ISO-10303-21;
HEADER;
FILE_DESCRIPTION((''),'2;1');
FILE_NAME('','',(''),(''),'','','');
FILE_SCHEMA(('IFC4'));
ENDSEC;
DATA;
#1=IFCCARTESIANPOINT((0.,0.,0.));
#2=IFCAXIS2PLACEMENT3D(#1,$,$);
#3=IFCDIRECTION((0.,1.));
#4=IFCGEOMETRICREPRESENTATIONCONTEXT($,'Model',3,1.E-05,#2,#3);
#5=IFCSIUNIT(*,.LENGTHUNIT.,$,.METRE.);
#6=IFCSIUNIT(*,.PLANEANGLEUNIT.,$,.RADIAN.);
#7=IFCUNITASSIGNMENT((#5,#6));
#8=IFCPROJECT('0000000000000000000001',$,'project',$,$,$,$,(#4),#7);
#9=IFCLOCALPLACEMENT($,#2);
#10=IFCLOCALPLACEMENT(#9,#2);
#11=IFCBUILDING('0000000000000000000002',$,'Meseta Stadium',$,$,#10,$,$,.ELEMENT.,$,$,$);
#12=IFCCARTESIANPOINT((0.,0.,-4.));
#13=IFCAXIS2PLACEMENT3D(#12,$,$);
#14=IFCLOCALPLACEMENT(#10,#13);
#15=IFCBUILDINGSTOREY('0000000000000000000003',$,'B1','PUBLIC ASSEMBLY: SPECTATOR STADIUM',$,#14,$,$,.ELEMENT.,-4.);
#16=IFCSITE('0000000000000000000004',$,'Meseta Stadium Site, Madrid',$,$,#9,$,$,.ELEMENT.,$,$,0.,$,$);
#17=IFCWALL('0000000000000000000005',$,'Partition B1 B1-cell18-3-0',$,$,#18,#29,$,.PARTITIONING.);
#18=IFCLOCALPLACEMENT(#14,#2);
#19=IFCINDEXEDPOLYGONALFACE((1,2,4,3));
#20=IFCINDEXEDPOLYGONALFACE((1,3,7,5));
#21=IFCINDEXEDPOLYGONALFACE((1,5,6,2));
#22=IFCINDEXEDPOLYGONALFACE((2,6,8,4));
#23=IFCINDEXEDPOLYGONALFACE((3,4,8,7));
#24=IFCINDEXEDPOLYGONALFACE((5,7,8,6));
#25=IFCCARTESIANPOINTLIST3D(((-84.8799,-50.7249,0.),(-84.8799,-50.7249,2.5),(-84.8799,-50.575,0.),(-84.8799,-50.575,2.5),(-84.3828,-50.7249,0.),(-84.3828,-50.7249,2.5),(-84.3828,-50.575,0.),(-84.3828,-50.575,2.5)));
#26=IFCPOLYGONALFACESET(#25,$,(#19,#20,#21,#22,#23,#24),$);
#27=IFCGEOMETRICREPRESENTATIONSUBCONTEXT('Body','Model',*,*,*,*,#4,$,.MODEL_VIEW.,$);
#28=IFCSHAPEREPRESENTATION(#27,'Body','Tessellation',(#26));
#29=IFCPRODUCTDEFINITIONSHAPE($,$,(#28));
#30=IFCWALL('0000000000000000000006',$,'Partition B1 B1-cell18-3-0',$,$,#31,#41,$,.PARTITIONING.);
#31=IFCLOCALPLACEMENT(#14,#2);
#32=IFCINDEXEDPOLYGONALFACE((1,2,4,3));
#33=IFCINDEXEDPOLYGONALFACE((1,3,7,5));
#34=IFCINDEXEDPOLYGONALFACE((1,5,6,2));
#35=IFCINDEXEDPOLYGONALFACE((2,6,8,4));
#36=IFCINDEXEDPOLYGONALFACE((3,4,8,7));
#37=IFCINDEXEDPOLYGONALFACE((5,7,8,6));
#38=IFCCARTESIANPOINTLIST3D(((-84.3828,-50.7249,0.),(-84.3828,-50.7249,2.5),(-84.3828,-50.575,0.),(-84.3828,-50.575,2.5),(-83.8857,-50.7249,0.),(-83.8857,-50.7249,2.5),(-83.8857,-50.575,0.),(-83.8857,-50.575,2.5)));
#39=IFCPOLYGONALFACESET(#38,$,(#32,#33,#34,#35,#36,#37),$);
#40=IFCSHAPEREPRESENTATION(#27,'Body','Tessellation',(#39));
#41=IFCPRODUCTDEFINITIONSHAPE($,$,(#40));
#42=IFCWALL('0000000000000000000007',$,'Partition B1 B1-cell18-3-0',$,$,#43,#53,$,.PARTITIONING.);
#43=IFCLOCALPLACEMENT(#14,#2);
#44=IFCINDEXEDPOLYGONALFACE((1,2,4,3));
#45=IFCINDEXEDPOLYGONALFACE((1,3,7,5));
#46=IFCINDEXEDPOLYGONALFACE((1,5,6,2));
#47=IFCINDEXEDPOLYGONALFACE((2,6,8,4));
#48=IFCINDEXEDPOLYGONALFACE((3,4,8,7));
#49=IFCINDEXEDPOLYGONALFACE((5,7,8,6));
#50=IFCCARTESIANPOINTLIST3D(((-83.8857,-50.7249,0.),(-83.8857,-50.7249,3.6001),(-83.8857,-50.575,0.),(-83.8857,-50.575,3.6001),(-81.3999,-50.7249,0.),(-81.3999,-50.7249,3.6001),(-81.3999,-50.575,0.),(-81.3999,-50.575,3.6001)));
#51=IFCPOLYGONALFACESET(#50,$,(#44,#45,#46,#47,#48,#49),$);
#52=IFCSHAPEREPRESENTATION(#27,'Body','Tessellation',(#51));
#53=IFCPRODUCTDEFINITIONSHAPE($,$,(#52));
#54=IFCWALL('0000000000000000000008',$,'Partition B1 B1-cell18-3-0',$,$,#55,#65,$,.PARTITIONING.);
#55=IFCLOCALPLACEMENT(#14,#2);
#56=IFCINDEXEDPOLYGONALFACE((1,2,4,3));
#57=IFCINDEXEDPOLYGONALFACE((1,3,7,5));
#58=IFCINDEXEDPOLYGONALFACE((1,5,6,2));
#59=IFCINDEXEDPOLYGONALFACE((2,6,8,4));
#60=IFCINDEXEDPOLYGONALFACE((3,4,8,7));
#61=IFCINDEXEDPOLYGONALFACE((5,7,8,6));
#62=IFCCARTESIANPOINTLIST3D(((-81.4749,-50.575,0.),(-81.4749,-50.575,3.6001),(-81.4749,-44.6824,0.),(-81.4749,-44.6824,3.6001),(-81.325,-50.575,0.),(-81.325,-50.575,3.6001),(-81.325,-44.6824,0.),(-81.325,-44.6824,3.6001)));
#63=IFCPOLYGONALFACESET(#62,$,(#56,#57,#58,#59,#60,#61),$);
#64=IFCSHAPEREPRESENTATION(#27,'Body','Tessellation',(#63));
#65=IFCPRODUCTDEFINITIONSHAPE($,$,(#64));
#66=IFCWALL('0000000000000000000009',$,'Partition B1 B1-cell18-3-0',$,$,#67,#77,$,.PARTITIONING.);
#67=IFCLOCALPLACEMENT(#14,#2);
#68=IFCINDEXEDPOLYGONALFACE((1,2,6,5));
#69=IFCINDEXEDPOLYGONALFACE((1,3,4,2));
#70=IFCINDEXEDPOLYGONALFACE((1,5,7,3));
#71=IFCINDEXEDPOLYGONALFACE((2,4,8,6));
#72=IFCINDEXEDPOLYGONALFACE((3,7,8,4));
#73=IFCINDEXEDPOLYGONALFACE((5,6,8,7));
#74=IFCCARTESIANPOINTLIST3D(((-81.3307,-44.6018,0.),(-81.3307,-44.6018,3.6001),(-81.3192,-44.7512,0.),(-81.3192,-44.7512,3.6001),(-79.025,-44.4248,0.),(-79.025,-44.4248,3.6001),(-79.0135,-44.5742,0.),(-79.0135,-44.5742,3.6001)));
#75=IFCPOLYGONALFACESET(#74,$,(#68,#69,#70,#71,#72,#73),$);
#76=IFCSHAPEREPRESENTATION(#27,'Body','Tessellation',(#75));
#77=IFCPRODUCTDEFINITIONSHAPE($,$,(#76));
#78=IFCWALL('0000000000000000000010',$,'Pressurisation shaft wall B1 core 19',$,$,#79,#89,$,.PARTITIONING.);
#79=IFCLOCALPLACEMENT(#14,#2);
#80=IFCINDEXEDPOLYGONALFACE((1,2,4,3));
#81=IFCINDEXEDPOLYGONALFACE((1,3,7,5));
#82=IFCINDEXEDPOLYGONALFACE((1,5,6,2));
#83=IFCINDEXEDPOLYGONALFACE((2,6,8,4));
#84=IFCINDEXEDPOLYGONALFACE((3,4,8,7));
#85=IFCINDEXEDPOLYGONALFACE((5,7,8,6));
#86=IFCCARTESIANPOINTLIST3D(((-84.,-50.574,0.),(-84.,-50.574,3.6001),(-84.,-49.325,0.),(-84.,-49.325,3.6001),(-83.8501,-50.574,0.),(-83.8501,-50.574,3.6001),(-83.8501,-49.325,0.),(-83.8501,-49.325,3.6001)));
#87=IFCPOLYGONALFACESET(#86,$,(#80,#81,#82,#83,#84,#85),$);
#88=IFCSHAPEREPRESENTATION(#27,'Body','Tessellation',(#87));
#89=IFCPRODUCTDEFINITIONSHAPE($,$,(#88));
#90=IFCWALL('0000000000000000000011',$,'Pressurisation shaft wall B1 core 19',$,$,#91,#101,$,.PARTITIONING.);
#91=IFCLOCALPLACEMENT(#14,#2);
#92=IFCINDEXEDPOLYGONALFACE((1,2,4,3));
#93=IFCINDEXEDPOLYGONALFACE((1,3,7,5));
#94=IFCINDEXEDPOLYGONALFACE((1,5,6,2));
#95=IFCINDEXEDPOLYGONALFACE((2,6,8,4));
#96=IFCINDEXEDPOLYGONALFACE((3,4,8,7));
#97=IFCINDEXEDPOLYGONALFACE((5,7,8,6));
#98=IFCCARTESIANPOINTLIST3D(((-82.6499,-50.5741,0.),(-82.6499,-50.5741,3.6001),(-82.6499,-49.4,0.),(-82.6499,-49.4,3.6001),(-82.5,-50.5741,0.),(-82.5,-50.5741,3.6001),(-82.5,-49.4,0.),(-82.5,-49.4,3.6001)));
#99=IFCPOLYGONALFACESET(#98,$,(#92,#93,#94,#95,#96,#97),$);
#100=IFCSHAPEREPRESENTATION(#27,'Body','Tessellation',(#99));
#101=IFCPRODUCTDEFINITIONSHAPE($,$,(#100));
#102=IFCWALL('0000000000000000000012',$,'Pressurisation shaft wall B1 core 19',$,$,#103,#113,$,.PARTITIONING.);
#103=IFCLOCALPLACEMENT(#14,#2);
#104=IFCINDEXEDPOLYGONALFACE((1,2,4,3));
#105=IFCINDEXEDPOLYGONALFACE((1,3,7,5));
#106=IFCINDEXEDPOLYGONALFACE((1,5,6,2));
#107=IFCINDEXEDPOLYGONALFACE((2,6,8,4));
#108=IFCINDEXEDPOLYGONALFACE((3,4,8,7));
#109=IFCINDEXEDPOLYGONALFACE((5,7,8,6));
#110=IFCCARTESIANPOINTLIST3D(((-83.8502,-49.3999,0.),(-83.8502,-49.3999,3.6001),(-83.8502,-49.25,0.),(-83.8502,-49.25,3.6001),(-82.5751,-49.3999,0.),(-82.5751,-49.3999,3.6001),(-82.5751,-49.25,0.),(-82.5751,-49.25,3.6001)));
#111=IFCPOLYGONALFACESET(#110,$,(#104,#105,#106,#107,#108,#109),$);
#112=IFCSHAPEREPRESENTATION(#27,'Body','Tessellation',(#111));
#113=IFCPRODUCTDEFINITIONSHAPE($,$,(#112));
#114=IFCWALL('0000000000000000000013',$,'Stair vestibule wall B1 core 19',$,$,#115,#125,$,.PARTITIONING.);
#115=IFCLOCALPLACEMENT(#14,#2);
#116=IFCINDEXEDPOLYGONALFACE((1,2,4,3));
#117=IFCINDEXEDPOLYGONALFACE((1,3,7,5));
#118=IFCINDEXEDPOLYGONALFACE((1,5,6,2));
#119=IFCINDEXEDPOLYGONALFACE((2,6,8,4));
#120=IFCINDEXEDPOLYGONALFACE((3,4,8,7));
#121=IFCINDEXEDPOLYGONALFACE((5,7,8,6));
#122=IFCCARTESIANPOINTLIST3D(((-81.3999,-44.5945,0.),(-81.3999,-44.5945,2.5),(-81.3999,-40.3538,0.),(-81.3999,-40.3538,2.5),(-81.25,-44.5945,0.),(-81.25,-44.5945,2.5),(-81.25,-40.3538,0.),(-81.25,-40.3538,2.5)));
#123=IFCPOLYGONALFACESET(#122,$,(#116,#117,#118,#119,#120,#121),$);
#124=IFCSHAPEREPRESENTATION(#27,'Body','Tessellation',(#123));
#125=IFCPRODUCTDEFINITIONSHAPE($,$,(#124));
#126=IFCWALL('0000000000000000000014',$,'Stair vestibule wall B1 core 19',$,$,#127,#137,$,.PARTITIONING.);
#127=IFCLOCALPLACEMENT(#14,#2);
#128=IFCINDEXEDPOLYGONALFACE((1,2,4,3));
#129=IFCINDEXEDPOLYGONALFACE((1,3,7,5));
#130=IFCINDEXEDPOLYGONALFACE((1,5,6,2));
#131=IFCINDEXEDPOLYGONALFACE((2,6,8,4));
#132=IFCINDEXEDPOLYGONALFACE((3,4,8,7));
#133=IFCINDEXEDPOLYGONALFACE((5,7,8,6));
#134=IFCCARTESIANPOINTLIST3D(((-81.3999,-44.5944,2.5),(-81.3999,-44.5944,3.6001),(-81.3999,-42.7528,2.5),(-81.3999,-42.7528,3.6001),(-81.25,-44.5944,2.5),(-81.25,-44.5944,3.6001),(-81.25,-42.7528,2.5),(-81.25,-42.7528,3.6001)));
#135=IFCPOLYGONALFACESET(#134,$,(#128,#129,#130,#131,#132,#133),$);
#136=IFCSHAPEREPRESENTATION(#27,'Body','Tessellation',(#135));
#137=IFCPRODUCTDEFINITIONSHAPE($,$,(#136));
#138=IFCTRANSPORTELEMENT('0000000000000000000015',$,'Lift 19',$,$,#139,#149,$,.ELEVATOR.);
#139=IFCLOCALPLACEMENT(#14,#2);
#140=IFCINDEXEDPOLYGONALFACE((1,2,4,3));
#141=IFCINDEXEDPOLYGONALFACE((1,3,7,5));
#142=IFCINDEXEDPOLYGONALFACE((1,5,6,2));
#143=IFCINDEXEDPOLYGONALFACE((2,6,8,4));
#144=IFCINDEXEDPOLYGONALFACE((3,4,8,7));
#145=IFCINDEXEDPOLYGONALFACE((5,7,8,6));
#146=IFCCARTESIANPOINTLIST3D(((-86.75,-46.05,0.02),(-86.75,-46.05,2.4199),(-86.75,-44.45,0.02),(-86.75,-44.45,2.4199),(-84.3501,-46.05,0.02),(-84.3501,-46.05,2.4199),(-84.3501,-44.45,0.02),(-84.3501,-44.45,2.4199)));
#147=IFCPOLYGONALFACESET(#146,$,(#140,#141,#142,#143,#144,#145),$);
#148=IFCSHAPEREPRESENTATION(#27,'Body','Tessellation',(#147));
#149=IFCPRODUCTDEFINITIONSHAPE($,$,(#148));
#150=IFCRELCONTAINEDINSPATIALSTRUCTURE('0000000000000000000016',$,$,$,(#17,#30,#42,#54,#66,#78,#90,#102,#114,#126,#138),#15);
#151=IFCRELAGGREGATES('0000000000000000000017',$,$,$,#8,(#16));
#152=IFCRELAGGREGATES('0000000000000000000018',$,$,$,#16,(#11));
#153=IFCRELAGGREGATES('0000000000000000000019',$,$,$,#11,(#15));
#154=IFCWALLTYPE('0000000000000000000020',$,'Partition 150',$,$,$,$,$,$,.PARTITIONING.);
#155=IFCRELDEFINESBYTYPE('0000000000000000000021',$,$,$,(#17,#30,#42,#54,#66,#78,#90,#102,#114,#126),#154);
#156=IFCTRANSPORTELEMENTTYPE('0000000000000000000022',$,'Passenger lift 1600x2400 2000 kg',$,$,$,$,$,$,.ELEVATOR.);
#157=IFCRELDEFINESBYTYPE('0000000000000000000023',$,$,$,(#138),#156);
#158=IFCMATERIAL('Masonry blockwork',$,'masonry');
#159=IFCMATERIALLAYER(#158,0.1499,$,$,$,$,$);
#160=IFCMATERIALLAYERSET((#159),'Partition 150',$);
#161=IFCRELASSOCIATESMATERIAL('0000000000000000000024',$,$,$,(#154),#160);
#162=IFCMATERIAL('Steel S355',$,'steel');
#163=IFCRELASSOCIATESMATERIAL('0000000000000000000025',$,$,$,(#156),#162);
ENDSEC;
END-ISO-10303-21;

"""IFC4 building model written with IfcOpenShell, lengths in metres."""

from ifc_helpers import new_model, si_unit, direction, frame, frame_2d, origin, origin_2d, place, context, subcontext, project, spatial, rectangle, extrude, material, layer, layer_set, type_object, element, save


model = new_model("IFC4")

# Units and contexts
model_context = context("Model", 3, precision=1e-05, world=origin(), true_north=direction((0.0, 1.0)))
body_context = subcontext(model_context, "Body", "Model", "MODEL_VIEW")
ifc_project = project(units=[si_unit("LENGTHUNIT", "METRE"), si_unit("PLANEANGLEUNIT", "RADIAN")], contexts=[model_context])

# Site, building, storey
site_placement = place(None, origin())
site = spatial("IfcSite", under=ifc_project, at=site_placement, Name="Meseta Stadium Site, Madrid", CompositionType="ELEMENT", RefElevation=0.0)
building_placement = place(site_placement, origin())
building = spatial("IfcBuilding", under=site, at=building_placement, Name="Meseta Stadium", CompositionType="ELEMENT")
storey_placement = place(building_placement, frame((0.0, 0.0, -4.0)))
storey = spatial("IfcBuildingStorey", under=building, at=storey_placement, Name="B1", Description="PUBLIC ASSEMBLY: SPECTATOR STADIUM", CompositionType="ELEMENT", Elevation=-4.0)

# Shared definitions
ifc_material_1 = material(Name="Masonry blockwork", Category="masonry")
ifc_layer_1 = layer(ifc_material_1, 0.1499)
ifc_layer_set_1 = layer_set([ifc_layer_1], Name="Partition 150")
wall_type_1 = type_object("IfcWallType", Name="Partition 150", PredefinedType="PARTITIONING", material=ifc_layer_set_1)

# Walls
for number, where, z_axis, x_axis, name in (
    (1, (-84.8799, -50.6499, 0.0), (0.0, 0.0, 1.0), (1.0, 0.0, 0.0), "Partition B1 B1-cell18-3-0"),
    (2, (-84.3828, -50.6499, 0.0), (0.0, 0.0, 1.0), (1.0, 0.0, 0.0), "Partition B1 B1-cell18-3-0"),
):
    element("IfcWall", number, at=place(storey_placement, frame(where, z_axis=z_axis, x_axis=x_axis)), inside=storey, type_object=wall_type_1, Name=name, PredefinedType="PARTITIONING", context=body_context, shape_type="SweptSolid", body=[
        extrude(rectangle(XDim=0.4971, YDim=0.1499, at=frame_2d((0.2485, 0.0))), origin(), (0.0, 0.0, 1.0), 2.5),
    ])
wall_1_placement = place(storey_placement, frame((-83.8857, -50.6499, 0.0), z_axis=(0.0, 0.0, 1.0), x_axis=(1.0, 0.0, 0.0)))
element("IfcWall", 3, at=wall_1_placement, inside=storey, type_object=wall_type_1, Name="Partition B1 B1-cell18-3-0", PredefinedType="PARTITIONING", context=body_context, shape_type="SweptSolid", body=[
    extrude(rectangle(XDim=2.4858, YDim=0.1499, at=frame_2d((1.2429, 0.0))), origin(), (0.0, 0.0, 1.0), 3.6001),
])
wall_2_placement = place(storey_placement, frame((-81.3999, -50.575, 0.0), z_axis=(0.0, 0.0, 1.0), x_axis=(0.0, 1.0, 0.0)))
element("IfcWall", 4, at=wall_2_placement, inside=storey, type_object=wall_type_1, Name="Partition B1 B1-cell18-3-0", PredefinedType="PARTITIONING", context=body_context, shape_type="SweptSolid", body=[
    extrude(rectangle(XDim=5.8926, YDim=0.1499, at=frame_2d((2.9463, 0.0))), origin(), (0.0, 0.0, 1.0), 3.6001),
])
wall_3_placement = place(storey_placement, frame((-81.325, -44.6765, 0.0), z_axis=(0.0, 0.0, 1.0), x_axis=(0.997066, 0.076543, 0.0)))
element("IfcWall", 5, at=wall_3_placement, inside=storey, type_object=wall_type_1, Name="Partition B1 B1-cell18-3-0", PredefinedType="PARTITIONING", context=body_context, shape_type="SweptSolid", body=[
    extrude(rectangle(XDim=2.3125, YDim=0.1499, at=frame_2d((1.1562, 0.0))), origin(), (0.0, 0.0, 1.0), 3.6001),
])
wall_4_placement = place(storey_placement, frame((-83.925, -49.325, 0.0), z_axis=(0.0, 0.0, 1.0), x_axis=(0.0, -1.0, 0.0)))
element("IfcWall", 6, at=wall_4_placement, inside=storey, type_object=wall_type_1, Name="Pressurisation shaft wall B1 core 19", PredefinedType="PARTITIONING", context=body_context, shape_type="SweptSolid", body=[
    extrude(rectangle(XDim=1.249, YDim=0.1499, at=frame_2d((0.6245, 0.0))), origin(), (0.0, 0.0, 1.0), 3.6001),
])
wall_5_placement = place(storey_placement, frame((-82.575, -50.574, 0.0), z_axis=(0.0, 0.0, 1.0), x_axis=(0.0, 1.0, 0.0)))
element("IfcWall", 7, at=wall_5_placement, inside=storey, type_object=wall_type_1, Name="Pressurisation shaft wall B1 core 19", PredefinedType="PARTITIONING", context=body_context, shape_type="SweptSolid", body=[
    extrude(rectangle(XDim=1.1741, YDim=0.1499, at=frame_2d((0.5869, 0.0))), origin(), (0.0, 0.0, 1.0), 3.6001),
])
wall_6_placement = place(storey_placement, frame((-82.575, -49.325, 0.0), z_axis=(0.0, 0.0, 1.0), x_axis=(-1.0, 0.0, 0.0)))
element("IfcWall", 8, at=wall_6_placement, inside=storey, type_object=wall_type_1, Name="Pressurisation shaft wall B1 core 19", PredefinedType="PARTITIONING", context=body_context, shape_type="SweptSolid", body=[
    extrude(rectangle(XDim=1.2751, YDim=0.1499, at=frame_2d((0.6377, 0.0))), origin(), (0.0, 0.0, 1.0), 3.6001),
])
wall_7_placement = place(storey_placement, frame((-81.325, -44.5945, 0.0), z_axis=(0.0, 0.0, 1.0), x_axis=(0.0, 1.0, 0.0)))
element("IfcWall", 9, at=wall_7_placement, inside=storey, type_object=wall_type_1, Name="Stair vestibule wall B1 core 19", PredefinedType="PARTITIONING", context=body_context, shape_type="SweptSolid", body=[
    extrude(rectangle(XDim=4.2407, YDim=0.1499, at=frame_2d((2.1204, 0.0))), origin(), (0.0, 0.0, 1.0), 2.5),
])
wall_8_placement = place(storey_placement, frame((-81.325, -44.5945, 2.5), z_axis=(0.0, 0.0, 1.0), x_axis=(0.0, 1.0, 0.0)))
element("IfcWall", 10, at=wall_8_placement, inside=storey, type_object=wall_type_1, Name="Stair vestibule wall B1 core 19", PredefinedType="PARTITIONING", context=body_context, shape_type="SweptSolid", body=[
    extrude(rectangle(XDim=1.8416, YDim=0.1499, at=frame_2d((0.9209, 0.0))), origin(), (0.0, 0.0, 1.0), 1.1001),
])

# Transport element
ifc_material_2 = material(Name="Steel S355", Category="steel")
transport_element_type = type_object("IfcTransportElementType", Name="Passenger lift 1600x2400 2000 kg", PredefinedType="ELEVATOR", material=ifc_material_2)
transport_element_placement = place(storey_placement, frame((-85.55, -45.25, 0.02), z_axis=(0.0, 0.0, 1.0), x_axis=(1.0, 0.0, 0.0)))
element("IfcTransportElement", 11, at=transport_element_placement, inside=storey, type_object=transport_element_type, Name="Lift 19", PredefinedType="ELEVATOR", context=body_context, shape_type="SweptSolid", body=[
    extrude(rectangle(XDim=2.3999, YDim=1.6001, at=origin_2d()), origin(), (0.0, 0.0, 1.0), 2.3999),
])

save(model, "model.ifc")
